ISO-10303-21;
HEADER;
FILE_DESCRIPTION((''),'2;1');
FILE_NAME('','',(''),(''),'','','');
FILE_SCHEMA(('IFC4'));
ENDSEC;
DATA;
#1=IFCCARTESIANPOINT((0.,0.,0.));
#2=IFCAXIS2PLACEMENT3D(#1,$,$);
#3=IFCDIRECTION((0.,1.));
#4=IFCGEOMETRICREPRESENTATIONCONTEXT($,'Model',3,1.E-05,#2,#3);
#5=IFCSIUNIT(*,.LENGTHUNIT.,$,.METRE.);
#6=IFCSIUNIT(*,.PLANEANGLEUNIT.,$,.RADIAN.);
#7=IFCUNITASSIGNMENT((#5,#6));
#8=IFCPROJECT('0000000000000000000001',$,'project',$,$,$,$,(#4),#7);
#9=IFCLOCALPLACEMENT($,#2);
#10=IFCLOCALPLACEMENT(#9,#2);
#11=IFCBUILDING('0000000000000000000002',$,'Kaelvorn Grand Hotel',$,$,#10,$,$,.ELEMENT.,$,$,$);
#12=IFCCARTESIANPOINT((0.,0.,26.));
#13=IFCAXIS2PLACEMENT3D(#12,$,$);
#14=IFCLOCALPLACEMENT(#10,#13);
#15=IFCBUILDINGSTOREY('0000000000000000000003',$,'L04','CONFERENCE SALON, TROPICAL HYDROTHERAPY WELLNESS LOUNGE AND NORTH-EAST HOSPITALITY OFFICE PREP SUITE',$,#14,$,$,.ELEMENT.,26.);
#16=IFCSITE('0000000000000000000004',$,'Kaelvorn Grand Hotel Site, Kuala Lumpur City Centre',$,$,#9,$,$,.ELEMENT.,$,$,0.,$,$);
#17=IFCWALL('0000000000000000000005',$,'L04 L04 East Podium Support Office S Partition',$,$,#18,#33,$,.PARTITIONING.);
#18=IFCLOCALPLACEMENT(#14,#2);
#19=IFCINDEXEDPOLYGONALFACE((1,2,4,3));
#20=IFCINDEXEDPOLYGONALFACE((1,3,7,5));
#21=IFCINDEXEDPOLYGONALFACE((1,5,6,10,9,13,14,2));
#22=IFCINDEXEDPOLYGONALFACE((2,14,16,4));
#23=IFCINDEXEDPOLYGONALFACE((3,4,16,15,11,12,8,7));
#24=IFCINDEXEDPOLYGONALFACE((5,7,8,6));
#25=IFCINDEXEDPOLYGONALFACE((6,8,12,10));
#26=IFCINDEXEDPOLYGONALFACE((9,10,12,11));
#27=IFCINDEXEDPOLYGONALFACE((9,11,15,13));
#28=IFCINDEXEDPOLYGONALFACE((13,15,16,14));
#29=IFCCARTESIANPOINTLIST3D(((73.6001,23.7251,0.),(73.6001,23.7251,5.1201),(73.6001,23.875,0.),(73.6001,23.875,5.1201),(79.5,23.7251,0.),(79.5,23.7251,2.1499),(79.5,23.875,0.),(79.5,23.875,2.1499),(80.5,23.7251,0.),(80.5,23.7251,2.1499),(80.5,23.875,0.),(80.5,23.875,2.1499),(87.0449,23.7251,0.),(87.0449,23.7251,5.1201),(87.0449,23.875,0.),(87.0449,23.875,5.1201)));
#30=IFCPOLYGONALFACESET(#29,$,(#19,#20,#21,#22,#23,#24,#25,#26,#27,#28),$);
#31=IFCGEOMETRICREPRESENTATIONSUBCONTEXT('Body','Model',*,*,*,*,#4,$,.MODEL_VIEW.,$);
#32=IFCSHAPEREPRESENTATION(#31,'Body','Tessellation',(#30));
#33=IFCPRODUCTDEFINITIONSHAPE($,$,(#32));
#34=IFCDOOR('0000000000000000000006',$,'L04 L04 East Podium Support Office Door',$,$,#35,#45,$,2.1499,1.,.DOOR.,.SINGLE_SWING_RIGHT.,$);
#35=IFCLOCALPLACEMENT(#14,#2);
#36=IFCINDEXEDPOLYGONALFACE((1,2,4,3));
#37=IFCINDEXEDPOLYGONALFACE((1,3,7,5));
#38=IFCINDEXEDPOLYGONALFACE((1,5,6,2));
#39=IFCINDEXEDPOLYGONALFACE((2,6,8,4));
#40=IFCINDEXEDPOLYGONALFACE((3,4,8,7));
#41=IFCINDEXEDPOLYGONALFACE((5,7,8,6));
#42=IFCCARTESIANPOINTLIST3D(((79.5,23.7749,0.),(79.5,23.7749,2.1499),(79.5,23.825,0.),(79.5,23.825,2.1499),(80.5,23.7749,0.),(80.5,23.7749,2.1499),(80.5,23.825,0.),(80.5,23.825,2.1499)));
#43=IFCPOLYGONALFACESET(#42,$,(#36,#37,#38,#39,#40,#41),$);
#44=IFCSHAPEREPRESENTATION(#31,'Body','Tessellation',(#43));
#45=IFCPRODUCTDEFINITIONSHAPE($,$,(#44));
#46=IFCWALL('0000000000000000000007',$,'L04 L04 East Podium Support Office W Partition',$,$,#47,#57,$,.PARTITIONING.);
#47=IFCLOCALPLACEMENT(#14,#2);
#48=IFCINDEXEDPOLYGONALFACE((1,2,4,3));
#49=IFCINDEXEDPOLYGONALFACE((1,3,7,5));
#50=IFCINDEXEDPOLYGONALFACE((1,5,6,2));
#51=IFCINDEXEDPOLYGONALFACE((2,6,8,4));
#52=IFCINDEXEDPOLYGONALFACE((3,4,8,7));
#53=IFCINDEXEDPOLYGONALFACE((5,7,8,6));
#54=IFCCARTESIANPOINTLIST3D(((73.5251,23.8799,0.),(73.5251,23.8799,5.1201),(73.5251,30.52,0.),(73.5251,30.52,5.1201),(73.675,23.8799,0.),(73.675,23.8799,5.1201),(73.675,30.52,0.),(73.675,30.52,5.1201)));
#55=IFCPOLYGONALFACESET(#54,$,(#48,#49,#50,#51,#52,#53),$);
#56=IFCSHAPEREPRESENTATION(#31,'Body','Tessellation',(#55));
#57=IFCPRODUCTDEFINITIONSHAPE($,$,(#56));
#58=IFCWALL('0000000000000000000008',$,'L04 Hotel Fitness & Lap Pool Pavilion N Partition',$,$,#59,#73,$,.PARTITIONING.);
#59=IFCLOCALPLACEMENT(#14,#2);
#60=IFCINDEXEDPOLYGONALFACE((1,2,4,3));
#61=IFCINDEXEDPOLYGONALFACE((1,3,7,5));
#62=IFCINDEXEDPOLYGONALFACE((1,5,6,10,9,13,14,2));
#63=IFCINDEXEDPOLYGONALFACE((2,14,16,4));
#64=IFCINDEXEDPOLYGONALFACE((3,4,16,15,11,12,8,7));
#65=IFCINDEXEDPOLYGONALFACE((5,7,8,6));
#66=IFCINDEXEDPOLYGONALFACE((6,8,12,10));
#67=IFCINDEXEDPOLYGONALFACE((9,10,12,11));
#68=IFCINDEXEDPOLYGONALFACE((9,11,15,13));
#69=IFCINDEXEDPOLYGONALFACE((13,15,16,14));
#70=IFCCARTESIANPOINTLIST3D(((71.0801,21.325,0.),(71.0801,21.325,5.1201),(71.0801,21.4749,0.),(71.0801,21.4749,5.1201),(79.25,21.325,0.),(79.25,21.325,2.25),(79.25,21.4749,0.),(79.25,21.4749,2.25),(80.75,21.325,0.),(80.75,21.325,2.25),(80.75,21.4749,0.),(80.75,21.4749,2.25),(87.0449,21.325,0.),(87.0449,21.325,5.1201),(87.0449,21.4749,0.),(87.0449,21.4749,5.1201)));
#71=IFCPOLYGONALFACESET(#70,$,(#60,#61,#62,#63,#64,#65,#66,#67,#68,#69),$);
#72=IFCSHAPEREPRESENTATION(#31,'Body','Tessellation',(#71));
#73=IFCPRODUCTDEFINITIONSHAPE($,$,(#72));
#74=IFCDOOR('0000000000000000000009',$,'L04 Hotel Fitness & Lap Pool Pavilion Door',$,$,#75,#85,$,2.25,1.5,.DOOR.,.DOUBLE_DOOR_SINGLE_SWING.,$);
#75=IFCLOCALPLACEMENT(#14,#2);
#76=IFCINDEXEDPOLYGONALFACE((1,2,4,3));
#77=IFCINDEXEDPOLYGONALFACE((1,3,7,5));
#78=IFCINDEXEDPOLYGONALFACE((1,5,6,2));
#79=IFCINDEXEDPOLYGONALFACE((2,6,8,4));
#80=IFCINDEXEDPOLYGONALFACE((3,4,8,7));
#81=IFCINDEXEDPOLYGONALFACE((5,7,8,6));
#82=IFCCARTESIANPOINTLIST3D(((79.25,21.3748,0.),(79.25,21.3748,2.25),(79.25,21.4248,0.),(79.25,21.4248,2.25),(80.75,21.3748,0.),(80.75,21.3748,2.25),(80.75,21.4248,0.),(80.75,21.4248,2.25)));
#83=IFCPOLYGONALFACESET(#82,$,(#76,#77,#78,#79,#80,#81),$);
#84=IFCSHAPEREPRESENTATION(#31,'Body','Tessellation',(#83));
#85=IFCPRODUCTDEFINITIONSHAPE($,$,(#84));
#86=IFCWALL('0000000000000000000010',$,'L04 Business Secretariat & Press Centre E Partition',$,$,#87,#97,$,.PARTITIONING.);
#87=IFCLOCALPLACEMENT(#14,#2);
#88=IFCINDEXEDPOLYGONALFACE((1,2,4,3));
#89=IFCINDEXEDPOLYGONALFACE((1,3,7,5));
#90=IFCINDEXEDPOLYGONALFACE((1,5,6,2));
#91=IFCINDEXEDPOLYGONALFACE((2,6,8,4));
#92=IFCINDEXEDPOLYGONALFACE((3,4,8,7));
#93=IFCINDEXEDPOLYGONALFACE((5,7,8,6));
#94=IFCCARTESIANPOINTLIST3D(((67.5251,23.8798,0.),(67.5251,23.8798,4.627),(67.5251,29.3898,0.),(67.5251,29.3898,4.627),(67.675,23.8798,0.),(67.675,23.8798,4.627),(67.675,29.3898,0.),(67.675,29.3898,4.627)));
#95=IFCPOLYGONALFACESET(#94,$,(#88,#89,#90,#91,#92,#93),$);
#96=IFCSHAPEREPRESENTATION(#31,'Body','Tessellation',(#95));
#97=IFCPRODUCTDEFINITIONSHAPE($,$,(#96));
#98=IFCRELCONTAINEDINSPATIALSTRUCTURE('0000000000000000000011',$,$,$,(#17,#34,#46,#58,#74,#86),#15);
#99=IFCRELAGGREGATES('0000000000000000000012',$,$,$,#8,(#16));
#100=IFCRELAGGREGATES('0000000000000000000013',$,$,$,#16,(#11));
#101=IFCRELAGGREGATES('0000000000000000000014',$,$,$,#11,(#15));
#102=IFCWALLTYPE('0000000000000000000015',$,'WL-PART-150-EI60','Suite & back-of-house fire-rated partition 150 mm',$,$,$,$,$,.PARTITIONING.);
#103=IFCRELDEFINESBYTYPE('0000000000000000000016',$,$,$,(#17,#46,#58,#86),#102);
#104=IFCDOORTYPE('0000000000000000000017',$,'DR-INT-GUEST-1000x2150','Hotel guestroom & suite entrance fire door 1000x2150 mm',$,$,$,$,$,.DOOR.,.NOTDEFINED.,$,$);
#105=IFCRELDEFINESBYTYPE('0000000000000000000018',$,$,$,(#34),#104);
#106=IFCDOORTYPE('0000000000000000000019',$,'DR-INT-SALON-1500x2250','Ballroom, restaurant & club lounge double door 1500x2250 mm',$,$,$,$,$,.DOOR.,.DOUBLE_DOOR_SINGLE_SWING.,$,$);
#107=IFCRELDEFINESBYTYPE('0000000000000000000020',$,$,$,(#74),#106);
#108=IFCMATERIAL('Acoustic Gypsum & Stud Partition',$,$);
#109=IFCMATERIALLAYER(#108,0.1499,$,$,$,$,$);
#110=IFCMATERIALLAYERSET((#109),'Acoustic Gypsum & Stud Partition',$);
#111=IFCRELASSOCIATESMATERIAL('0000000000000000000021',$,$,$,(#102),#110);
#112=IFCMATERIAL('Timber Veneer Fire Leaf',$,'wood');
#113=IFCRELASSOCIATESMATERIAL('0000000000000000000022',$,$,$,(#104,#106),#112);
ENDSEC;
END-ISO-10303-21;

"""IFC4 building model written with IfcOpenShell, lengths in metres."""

from ifc_helpers import new_model, si_unit, direction, frame, frame_2d, origin, place, context, subcontext, project, spatial, rectangle, extrude, material, layer, layer_set, type_object, element, fill, save


model = new_model("IFC4")

# Units and contexts
model_context = context("Model", 3, precision=1e-05, world=origin(), true_north=direction((0.0, 1.0)))
body_context = subcontext(model_context, "Body", "Model", "MODEL_VIEW")
ifc_project = project(units=[si_unit("LENGTHUNIT", "METRE"), si_unit("PLANEANGLEUNIT", "RADIAN")], contexts=[model_context])

# Site, building, storey
site_placement = place(None, origin())
site = spatial("IfcSite", under=ifc_project, at=site_placement, Name="Kaelvorn Grand Hotel Site, Kuala Lumpur City Centre", CompositionType="ELEMENT", RefElevation=0.0)
building_placement = place(site_placement, origin())
building = spatial("IfcBuilding", under=site, at=building_placement, Name="Kaelvorn Grand Hotel", CompositionType="ELEMENT")
storey_placement = place(building_placement, frame((0.0, 0.0, 26.0)))
storey = spatial("IfcBuildingStorey", under=building, at=storey_placement, Name="L04", Description="CONFERENCE SALON, TROPICAL HYDROTHERAPY WELLNESS LOUNGE AND NORTH-EAST HOSPITALITY OFFICE PREP SUITE", CompositionType="ELEMENT", Elevation=26.0)

# Wall, opening, door
ifc_material_1 = material(Name="Acoustic Gypsum & Stud Partition")
ifc_layer_1 = layer(ifc_material_1, 0.1499)
ifc_layer_set_1 = layer_set([ifc_layer_1], Name="Acoustic Gypsum & Stud Partition")
wall_type = type_object("IfcWallType", Name="WL-PART-150-EI60", Description="Suite & back-of-house fire-rated partition 150 mm", PredefinedType="PARTITIONING", material=ifc_layer_set_1)
wall_1_placement = place(storey_placement, frame((73.6001, 23.8, 0.0), z_axis=(0.0, 0.0, 1.0), x_axis=(1.0, 0.0, 0.0)))
wall_1 = element("IfcWall", 1, at=wall_1_placement, inside=storey, type_object=wall_type, Name="L04 L04 East Podium Support Office S Partition", PredefinedType="PARTITIONING", context=body_context, shape_type="SweptSolid", body=[
    extrude(rectangle(XDim=13.4448, YDim=0.1499, at=frame_2d((6.7224, 0.0))), origin(), (0.0, 0.0, 1.0), 5.1201),
])
opening_1_placement = place(wall_1_placement, frame((5.8999, 0.0, 0.0)))
opening_1 = element("IfcOpeningElement", 2, at=opening_1_placement, cuts=wall_1, PredefinedType="OPENING", context=body_context, shape_type="SweptSolid", body=[
    extrude(rectangle(XDim=1.0, YDim=2.1499, at=frame_2d((0.5, 1.075))), frame((0.0, 0.085, 0.0), z_axis=(0.0, -1.0, 0.0), x_axis=(1.0, 0.0, 0.0)), (0.0, 0.0, 1.0), 0.1699),
])
ifc_material_2 = material(Name="Timber Veneer Fire Leaf", Category="wood")
door_type_1 = type_object("IfcDoorType", Name="DR-INT-GUEST-1000x2150", Description="Hotel guestroom & suite entrance fire door 1000x2150 mm", OperationType="NOTDEFINED", PredefinedType="DOOR", material=ifc_material_2)
door_1_placement = place(opening_1_placement, origin())
door_1 = element("IfcDoor", 3, at=door_1_placement, inside=storey, type_object=door_type_1, Name="L04 L04 East Podium Support Office Door", OperationType="SINGLE_SWING_RIGHT", OverallHeight=2.1499, OverallWidth=1.0, PredefinedType="DOOR", context=body_context, shape_type="SweptSolid", body=[
    extrude(rectangle(XDim=1.0, YDim=2.1499, at=frame_2d((0.5, 1.075))), frame((0.0, 0.0249, 0.0), z_axis=(0.0, -1.0, 0.0), x_axis=(1.0, 0.0, 0.0)), (0.0, 0.0, 1.0), 0.05),
])
fill(opening_1, door_1)

# Wall
wall_2_placement = place(storey_placement, frame((73.6001, 23.8799, 0.0), z_axis=(0.0, 0.0, 1.0), x_axis=(0.0, 1.0, 0.0)))
element("IfcWall", 4, at=wall_2_placement, inside=storey, type_object=wall_type, Name="L04 L04 East Podium Support Office W Partition", PredefinedType="PARTITIONING", context=body_context, shape_type="SweptSolid", body=[
    extrude(rectangle(XDim=6.6401, YDim=0.1499, at=frame_2d((3.3201, 0.0))), origin(), (0.0, 0.0, 1.0), 5.1201),
])

# Wall, opening, door
wall_3_placement = place(storey_placement, frame((71.0801, 21.3999, 0.0), z_axis=(0.0, 0.0, 1.0), x_axis=(1.0, 0.0, 0.0)))
wall_3 = element("IfcWall", 5, at=wall_3_placement, inside=storey, type_object=wall_type, Name="L04 Hotel Fitness & Lap Pool Pavilion N Partition", PredefinedType="PARTITIONING", context=body_context, shape_type="SweptSolid", body=[
    extrude(rectangle(XDim=15.9648, YDim=0.1499, at=frame_2d((7.9824, 0.0))), origin(), (0.0, 0.0, 1.0), 5.1201),
])
opening_2_placement = place(wall_3_placement, frame((8.1699, 0.0, 0.0)))
opening_2 = element("IfcOpeningElement", 6, at=opening_2_placement, cuts=wall_3, PredefinedType="OPENING", context=body_context, shape_type="SweptSolid", body=[
    extrude(rectangle(XDim=1.5, YDim=2.25, at=frame_2d((0.75, 1.125))), frame((0.0, 0.085, 0.0), z_axis=(0.0, -1.0, 0.0), x_axis=(1.0, 0.0, 0.0)), (0.0, 0.0, 1.0), 0.1699),
])
door_type_2 = type_object("IfcDoorType", Name="DR-INT-SALON-1500x2250", Description="Ballroom, restaurant & club lounge double door 1500x2250 mm", OperationType="DOUBLE_DOOR_SINGLE_SWING", PredefinedType="DOOR", material=ifc_material_2)
door_2_placement = place(opening_2_placement, origin())
door_2 = element("IfcDoor", 7, at=door_2_placement, inside=storey, type_object=door_type_2, Name="L04 Hotel Fitness & Lap Pool Pavilion Door", OperationType="DOUBLE_DOOR_SINGLE_SWING", OverallHeight=2.25, OverallWidth=1.5, PredefinedType="DOOR", context=body_context, shape_type="SweptSolid", body=[
    extrude(rectangle(XDim=1.5, YDim=2.25, at=frame_2d((0.75, 1.125))), frame((0.0, 0.0249, 0.0), z_axis=(0.0, -1.0, 0.0), x_axis=(1.0, 0.0, 0.0)), (0.0, 0.0, 1.0), 0.05),
])
fill(opening_2, door_2)

# Wall
wall_4_placement = place(storey_placement, frame((67.6001, 23.8799, 0.0), z_axis=(0.0, 0.0, 1.0), x_axis=(0.0, 1.0, 0.0)))
element("IfcWall", 8, at=wall_4_placement, inside=storey, type_object=wall_type, Name="L04 Business Secretariat & Press Centre E Partition", PredefinedType="PARTITIONING", context=body_context, shape_type="SweptSolid", body=[
    extrude(rectangle(XDim=5.51, YDim=0.1499, at=frame_2d((2.7549, 0.0))), origin(), (0.0, 0.0, 1.0), 4.627),
])

save(model, "model.ifc")
